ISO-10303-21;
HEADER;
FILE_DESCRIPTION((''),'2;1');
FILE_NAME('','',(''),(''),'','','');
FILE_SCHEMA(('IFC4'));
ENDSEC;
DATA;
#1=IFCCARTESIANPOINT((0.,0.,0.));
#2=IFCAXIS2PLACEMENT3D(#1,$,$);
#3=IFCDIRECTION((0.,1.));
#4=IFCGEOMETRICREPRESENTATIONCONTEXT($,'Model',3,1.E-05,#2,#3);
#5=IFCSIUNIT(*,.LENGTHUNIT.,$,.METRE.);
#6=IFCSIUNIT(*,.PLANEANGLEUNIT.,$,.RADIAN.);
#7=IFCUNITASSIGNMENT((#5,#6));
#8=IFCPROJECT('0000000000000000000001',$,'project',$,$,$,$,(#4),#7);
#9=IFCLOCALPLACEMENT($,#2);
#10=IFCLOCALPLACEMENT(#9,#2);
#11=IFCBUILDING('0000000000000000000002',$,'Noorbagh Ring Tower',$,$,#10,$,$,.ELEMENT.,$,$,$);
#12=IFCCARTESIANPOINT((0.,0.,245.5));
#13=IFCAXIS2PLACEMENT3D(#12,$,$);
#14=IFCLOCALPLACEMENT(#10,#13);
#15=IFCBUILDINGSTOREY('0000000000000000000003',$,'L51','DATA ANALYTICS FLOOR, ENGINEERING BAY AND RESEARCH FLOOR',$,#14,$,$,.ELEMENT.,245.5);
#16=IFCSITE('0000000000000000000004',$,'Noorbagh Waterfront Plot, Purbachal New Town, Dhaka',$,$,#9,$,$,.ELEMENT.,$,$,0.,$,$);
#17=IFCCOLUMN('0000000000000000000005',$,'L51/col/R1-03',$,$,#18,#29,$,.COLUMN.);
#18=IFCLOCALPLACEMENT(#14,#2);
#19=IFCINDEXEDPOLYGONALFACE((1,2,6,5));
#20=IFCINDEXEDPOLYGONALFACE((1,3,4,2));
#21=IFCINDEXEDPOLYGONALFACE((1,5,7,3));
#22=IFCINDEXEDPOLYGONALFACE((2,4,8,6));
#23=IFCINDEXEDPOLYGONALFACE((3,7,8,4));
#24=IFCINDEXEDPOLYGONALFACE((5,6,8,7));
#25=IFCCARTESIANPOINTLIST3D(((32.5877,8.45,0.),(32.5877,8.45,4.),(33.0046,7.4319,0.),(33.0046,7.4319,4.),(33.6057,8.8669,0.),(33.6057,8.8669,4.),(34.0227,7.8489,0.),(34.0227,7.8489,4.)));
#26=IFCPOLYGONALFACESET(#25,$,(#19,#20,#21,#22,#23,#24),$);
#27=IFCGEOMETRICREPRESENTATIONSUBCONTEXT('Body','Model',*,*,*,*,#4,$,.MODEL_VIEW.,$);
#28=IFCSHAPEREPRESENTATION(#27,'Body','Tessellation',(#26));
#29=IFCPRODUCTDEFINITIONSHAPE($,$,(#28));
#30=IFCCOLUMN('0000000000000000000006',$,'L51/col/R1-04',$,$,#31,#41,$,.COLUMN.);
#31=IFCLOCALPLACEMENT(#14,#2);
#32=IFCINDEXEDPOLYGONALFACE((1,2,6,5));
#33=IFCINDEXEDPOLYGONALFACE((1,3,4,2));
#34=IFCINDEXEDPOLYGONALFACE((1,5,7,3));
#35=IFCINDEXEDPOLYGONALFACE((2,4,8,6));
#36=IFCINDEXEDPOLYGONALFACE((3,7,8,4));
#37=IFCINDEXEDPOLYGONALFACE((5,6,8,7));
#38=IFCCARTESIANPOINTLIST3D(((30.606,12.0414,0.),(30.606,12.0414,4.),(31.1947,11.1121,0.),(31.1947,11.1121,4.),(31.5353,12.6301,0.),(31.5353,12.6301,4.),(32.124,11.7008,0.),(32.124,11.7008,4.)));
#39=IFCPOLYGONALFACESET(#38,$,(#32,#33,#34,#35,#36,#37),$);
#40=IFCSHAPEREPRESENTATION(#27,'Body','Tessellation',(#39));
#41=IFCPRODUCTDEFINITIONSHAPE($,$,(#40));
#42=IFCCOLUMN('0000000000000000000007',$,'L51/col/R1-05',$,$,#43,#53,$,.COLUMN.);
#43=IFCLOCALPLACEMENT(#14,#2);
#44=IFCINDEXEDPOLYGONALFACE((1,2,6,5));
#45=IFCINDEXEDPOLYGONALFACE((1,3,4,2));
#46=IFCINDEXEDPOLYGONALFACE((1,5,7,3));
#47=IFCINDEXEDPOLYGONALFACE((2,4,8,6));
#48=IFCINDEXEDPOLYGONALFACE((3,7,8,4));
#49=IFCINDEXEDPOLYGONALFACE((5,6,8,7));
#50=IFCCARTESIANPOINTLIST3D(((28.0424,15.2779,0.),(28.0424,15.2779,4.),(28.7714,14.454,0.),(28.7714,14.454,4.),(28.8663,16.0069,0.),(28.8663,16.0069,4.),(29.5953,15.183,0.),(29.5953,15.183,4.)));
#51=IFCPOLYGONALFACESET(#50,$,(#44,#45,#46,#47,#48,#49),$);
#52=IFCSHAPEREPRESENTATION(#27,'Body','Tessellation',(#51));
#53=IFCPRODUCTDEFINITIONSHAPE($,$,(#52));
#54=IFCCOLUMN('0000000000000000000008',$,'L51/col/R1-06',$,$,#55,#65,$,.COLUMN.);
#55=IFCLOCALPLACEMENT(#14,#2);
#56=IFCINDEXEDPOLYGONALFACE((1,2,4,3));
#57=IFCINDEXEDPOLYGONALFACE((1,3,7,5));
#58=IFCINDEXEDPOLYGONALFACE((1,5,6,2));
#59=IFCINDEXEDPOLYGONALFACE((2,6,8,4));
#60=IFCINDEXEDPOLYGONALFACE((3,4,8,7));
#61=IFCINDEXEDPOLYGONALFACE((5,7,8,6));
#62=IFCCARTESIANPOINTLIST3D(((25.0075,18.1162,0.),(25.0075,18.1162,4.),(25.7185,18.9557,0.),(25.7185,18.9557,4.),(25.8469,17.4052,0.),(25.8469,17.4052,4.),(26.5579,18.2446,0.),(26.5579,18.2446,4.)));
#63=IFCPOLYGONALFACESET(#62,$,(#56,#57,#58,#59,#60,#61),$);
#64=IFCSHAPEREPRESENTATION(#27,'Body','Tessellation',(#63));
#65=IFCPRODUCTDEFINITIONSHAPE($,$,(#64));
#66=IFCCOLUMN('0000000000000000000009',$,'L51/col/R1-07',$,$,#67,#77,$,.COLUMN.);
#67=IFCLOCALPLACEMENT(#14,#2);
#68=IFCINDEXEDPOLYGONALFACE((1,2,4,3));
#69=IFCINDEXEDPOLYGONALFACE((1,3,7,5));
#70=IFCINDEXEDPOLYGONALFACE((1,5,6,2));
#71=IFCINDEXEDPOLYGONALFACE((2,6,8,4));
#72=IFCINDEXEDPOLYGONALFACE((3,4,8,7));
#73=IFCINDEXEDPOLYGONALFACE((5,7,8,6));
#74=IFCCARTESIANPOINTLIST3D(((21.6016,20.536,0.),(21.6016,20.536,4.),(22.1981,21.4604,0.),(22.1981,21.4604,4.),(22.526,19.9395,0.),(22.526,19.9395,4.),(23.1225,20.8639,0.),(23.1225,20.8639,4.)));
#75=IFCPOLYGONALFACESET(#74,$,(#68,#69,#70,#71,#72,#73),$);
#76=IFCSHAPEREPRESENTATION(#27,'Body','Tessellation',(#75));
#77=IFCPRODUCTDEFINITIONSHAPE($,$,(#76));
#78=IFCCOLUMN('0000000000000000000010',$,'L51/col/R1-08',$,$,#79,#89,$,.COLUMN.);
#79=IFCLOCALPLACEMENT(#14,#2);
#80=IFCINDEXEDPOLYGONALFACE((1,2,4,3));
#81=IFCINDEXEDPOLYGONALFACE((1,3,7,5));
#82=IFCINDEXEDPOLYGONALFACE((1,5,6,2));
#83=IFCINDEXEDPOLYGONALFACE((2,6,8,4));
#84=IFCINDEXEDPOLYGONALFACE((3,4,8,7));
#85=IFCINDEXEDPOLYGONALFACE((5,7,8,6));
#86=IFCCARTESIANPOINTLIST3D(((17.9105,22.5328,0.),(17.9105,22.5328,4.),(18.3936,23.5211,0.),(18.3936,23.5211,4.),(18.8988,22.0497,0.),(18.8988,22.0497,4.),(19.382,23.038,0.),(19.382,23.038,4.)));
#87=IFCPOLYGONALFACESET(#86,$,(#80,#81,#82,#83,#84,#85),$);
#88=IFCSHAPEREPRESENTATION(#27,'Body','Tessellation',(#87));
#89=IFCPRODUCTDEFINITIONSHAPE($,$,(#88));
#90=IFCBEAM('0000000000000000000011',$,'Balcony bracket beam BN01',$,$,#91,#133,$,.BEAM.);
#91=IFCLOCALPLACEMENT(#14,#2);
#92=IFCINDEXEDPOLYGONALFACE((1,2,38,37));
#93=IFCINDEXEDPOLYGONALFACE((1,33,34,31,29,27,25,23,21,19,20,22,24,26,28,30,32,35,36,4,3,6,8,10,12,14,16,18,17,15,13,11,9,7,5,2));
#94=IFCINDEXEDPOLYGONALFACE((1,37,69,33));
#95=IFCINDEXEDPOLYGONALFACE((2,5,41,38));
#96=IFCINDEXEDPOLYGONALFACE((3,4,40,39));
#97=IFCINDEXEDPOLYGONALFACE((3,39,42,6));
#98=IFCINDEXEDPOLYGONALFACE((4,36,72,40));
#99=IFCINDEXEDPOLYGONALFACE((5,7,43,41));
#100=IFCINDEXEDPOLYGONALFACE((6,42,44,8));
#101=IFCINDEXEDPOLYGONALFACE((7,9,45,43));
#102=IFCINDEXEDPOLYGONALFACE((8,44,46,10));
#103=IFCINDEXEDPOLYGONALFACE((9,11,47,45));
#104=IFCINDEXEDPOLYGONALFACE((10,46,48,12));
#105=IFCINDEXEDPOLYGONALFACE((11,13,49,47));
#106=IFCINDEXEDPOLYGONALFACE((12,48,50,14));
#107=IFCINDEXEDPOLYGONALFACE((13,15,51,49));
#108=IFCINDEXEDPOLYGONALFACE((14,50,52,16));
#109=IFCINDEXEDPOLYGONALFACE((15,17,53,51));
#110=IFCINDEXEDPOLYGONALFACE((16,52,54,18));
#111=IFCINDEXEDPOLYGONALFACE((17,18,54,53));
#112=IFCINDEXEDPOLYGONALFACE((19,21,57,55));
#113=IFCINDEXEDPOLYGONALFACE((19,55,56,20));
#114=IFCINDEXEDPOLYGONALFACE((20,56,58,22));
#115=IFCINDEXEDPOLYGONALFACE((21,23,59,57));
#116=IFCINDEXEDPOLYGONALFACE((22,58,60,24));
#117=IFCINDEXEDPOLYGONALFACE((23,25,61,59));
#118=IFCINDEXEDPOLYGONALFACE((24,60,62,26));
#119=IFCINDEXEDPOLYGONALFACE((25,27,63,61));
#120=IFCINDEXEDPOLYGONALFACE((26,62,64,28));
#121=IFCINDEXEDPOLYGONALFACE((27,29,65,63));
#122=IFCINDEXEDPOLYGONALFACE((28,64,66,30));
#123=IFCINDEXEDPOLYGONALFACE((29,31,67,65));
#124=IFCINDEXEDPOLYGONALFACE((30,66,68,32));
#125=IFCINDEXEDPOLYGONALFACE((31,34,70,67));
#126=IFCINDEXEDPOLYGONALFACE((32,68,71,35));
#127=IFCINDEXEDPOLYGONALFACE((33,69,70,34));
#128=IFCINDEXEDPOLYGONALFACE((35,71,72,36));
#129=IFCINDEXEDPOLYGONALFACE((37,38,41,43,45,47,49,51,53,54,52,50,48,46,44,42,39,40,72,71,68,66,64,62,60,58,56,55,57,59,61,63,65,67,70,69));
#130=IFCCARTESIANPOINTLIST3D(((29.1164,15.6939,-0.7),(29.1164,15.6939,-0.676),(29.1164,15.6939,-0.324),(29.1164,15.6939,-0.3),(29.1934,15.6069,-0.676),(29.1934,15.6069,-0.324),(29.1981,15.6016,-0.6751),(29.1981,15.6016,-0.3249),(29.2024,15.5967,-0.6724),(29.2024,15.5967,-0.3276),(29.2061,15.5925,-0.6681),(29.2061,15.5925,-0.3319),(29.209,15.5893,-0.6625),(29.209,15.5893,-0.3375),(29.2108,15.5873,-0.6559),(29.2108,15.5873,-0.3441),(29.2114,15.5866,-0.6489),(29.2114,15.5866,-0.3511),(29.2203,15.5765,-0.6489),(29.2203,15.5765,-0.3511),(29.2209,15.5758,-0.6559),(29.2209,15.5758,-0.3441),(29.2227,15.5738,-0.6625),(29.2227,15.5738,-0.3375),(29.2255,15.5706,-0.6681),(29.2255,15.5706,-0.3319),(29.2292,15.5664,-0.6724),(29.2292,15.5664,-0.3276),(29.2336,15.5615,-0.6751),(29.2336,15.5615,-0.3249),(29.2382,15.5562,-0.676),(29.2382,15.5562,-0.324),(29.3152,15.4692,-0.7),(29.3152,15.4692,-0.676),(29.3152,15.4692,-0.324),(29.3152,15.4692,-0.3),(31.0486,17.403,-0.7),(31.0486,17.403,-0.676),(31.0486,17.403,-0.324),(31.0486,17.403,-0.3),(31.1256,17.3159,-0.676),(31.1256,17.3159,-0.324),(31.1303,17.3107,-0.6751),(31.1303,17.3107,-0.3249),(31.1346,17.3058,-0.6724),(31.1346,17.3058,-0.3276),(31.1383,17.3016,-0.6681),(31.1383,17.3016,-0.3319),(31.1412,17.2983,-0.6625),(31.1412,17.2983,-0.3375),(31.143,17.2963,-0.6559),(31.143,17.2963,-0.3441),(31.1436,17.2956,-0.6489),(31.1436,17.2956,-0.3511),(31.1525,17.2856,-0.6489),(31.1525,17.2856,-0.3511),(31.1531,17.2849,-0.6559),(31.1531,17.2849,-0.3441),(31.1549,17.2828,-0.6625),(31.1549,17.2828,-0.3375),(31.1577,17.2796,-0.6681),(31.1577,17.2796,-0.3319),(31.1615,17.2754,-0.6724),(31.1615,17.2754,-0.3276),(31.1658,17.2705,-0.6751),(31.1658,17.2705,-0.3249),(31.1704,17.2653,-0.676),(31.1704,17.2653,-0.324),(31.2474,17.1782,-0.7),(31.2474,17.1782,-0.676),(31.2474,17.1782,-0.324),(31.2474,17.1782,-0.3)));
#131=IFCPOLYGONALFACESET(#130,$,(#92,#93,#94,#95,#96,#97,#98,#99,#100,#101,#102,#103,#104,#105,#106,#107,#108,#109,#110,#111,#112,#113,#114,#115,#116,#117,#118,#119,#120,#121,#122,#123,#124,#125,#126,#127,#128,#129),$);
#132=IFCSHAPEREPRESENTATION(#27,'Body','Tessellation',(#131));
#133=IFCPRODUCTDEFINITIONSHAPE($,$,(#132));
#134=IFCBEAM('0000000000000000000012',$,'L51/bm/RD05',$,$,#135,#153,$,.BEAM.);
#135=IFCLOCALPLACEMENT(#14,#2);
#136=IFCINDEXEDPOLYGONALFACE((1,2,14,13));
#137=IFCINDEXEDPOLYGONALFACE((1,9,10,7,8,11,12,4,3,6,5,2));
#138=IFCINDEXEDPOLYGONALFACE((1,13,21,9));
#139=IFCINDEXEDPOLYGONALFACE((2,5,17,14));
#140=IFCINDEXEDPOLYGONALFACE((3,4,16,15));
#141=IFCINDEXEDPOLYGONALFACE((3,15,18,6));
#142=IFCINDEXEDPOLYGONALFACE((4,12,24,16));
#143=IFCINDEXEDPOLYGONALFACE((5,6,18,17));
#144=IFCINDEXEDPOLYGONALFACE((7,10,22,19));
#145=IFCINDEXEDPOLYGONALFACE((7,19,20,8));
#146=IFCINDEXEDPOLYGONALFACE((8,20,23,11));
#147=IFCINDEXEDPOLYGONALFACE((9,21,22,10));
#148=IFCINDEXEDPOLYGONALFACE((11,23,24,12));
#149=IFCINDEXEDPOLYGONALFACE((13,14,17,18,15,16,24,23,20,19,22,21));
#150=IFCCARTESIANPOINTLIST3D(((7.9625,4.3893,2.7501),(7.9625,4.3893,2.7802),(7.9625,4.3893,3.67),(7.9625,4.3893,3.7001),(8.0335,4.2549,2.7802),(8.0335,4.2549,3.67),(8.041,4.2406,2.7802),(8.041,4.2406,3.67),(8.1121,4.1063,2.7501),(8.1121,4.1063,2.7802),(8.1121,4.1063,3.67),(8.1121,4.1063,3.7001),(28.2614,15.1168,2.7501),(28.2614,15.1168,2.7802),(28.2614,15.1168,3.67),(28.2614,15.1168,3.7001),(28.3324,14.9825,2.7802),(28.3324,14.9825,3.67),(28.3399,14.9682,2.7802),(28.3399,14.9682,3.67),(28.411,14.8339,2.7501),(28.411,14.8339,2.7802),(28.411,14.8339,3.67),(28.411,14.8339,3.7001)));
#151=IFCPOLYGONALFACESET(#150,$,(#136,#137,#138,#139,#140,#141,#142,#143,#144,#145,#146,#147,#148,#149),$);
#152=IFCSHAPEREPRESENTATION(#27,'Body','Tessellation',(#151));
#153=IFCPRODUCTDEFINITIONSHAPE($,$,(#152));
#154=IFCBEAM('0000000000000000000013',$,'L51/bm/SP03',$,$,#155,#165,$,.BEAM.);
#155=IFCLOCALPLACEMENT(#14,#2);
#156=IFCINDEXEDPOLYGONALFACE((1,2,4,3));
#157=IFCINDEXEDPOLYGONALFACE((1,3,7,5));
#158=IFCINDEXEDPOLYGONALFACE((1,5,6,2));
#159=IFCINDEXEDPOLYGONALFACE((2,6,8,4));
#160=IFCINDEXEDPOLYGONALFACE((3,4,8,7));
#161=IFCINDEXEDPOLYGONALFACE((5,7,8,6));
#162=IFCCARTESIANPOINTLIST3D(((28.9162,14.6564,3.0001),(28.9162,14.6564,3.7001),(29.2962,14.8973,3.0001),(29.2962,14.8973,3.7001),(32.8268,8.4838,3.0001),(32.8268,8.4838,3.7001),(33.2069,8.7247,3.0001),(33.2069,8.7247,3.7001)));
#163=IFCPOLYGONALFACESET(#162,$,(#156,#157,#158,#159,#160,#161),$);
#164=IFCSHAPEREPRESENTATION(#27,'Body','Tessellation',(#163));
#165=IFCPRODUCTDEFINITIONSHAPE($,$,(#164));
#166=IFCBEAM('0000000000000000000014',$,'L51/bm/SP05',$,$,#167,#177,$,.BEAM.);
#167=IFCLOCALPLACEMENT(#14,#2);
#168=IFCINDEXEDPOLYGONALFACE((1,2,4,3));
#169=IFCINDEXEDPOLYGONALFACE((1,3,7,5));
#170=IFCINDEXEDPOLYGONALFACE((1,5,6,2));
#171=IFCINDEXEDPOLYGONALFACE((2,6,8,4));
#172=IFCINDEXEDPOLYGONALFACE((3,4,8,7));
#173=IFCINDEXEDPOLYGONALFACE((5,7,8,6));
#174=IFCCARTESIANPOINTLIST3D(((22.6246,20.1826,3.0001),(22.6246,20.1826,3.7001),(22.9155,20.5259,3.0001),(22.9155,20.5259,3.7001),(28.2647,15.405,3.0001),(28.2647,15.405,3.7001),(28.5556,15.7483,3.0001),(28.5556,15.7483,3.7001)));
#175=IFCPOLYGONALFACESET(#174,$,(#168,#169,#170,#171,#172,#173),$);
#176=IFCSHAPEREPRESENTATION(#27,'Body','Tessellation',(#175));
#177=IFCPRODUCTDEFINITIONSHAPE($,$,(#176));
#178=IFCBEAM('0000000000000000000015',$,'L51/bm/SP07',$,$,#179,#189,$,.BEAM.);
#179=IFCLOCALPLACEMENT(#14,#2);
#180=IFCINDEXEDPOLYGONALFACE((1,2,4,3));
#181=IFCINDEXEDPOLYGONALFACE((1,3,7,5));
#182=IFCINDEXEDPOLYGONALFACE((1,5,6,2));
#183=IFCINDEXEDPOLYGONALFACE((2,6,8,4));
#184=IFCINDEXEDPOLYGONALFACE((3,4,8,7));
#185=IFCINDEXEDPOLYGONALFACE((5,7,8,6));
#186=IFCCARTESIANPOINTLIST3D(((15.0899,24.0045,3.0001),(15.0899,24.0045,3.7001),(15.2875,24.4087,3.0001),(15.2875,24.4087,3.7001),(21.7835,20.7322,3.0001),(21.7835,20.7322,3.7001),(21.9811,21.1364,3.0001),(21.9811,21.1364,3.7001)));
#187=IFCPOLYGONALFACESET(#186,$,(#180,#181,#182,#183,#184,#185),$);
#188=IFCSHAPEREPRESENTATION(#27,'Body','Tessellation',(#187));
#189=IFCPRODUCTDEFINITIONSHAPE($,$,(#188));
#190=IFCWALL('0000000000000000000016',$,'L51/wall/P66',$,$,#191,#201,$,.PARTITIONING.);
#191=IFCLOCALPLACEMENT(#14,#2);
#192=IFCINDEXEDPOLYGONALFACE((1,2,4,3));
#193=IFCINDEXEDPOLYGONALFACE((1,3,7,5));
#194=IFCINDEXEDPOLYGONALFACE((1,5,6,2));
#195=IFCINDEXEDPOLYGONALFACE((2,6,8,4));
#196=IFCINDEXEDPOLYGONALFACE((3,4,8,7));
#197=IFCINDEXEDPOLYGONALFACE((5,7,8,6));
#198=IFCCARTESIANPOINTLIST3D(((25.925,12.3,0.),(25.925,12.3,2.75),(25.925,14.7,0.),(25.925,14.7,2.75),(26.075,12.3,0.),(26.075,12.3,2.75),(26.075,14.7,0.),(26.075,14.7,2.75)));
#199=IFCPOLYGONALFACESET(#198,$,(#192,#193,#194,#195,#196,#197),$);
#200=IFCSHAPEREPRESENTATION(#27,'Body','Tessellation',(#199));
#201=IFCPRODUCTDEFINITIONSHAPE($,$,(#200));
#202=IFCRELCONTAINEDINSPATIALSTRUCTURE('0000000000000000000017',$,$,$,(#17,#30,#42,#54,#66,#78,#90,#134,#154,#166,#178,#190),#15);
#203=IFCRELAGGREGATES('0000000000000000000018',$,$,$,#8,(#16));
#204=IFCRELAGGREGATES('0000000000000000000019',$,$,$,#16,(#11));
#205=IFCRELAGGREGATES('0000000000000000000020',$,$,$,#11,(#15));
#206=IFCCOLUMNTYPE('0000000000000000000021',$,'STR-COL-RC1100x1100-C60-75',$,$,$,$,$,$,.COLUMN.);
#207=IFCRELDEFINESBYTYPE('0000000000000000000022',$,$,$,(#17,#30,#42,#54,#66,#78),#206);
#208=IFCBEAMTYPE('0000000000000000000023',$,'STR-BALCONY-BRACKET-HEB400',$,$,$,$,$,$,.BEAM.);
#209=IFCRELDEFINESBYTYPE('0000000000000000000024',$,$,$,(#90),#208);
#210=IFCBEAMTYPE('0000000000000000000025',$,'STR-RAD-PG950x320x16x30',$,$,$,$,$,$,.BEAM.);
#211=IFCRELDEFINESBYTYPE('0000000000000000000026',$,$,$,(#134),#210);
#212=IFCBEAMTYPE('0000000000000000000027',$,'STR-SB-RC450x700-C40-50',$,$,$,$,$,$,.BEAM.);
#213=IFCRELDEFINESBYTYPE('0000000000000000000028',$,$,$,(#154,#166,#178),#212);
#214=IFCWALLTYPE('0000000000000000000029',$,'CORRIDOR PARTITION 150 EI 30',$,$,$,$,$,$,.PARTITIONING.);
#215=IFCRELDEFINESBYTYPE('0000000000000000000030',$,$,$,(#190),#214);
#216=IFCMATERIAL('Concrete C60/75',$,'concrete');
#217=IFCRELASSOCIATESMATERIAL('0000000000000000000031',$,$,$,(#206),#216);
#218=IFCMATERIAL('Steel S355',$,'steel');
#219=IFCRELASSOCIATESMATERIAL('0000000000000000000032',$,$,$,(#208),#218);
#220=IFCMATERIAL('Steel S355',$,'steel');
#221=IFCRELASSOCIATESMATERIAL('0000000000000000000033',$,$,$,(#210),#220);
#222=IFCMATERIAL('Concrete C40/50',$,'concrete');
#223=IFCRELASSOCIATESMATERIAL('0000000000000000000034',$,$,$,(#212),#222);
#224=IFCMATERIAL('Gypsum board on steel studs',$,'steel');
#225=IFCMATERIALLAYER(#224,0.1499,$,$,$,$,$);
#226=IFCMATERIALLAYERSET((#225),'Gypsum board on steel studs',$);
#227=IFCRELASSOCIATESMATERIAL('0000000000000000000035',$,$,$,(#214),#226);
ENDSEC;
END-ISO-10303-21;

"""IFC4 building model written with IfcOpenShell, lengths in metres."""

from ifc_helpers import new_model, si_unit, direction, frame, frame_2d, origin, origin_2d, place, context, subcontext, project, spatial, rectangle, i_section, extrude, material, layer, layer_set, material_profile, profile_set, type_object, element, save


model = new_model("IFC4")

# Units and contexts
model_context = context("Model", 3, precision=1e-05, world=origin(), true_north=direction((0.0, 1.0)))
body_context = subcontext(model_context, "Body", "Model", "MODEL_VIEW")
ifc_project = project(units=[si_unit("LENGTHUNIT", "METRE"), si_unit("PLANEANGLEUNIT", "RADIAN")], contexts=[model_context])

# Site, building, storey
site_placement = place(None, origin())
site = spatial("IfcSite", under=ifc_project, at=site_placement, Name="Noorbagh Waterfront Plot, Purbachal New Town, Dhaka", CompositionType="ELEMENT", RefElevation=0.0)
building_placement = place(site_placement, origin())
building = spatial("IfcBuilding", under=site, at=building_placement, Name="Noorbagh Ring Tower", CompositionType="ELEMENT")
storey_placement = place(building_placement, frame((0.0, 0.0, 245.5)))
storey = spatial("IfcBuildingStorey", under=building, at=storey_placement, Name="L51", Description="DATA ANALYTICS FLOOR, ENGINEERING BAY AND RESEARCH FLOOR", CompositionType="ELEMENT", Elevation=245.5)

# Columns
ifc_material_1 = material(Name="Concrete C60/75", Category="concrete")
ifc_material_profile_1 = material_profile(ifc_material_1, rectangle(XDim=1.1001, YDim=1.1001, at=origin_2d()), Name="RC1100x1100")
ifc_profile_set_1 = profile_set([ifc_material_profile_1], Name="Concrete C60/75")
column_type = type_object("IfcColumnType", Name="STR-COL-RC1100x1100-C60-75", PredefinedType="COLUMN", material=ifc_profile_set_1)
for number, where, z_axis, x_axis, name in (
    (1, (33.3052, 8.1494, 0.0), (0.0, 0.0, 1.0), (-0.378989, 0.925401, 0.0), "L51/col/R1-03"),
    (2, (31.365, 11.8711, 0.0), (0.0, 0.0, 1.0), (-0.53519, 0.844731, 0.0), "L51/col/R1-04"),
    (3, (28.8188, 15.2305, 0.0), (0.0, 0.0, 1.0), (-0.662636, 0.748942, 0.0), "L51/col/R1-05"),
    (4, (25.7827, 18.1804, 0.0), (0.0, 0.0, 1.0), (-0.763035, 0.646357, 0.0), "L51/col/R1-06"),
    (5, (22.3621, 20.7, 0.0), (0.0, 0.0, 1.0), (-0.840248, 0.542203, 0.0), "L51/col/R1-07"),
    (6, (18.6462, 22.7854, 0.0), (0.0, 0.0, 1.0), (-0.898399, 0.43918, 0.0), "L51/col/R1-08"),
):
    element("IfcColumn", number, at=place(storey_placement, frame(where, z_axis=z_axis, x_axis=x_axis)), inside=storey, type_object=column_type, Name=name, PredefinedType="COLUMN", context=body_context, shape_type="SweptSolid", body=[
        extrude(rectangle(XDim=1.1001, YDim=1.1001, at=origin_2d()), origin(), (0.0, 0.0, 1.0), 4.0),
    ])

# Beams
ifc_material_2 = material(Name="Steel S355", Category="steel")
ifc_material_profile_2 = material_profile(ifc_material_2, i_section(OverallWidth=0.3, OverallDepth=0.3999, WebThickness=0.0134, FlangeThickness=0.0239, FilletRadius=0.0271, at=origin_2d()), Name="HEB400")
ifc_profile_set_2 = profile_set([ifc_material_profile_2], Name="Steel S355")
beam_type_1 = type_object("IfcBeamType", Name="STR-BALCONY-BRACKET-HEB400", PredefinedType="BEAM", material=ifc_profile_set_2)
beam_1_placement = place(storey_placement, frame((29.2158, 15.5815, -0.5), z_axis=(0.749036, 0.662529, 0.0), x_axis=(-0.662529, 0.749036, 0.0)))
element("IfcBeam", 7, at=beam_1_placement, inside=storey, type_object=beam_type_1, Name="Balcony bracket beam BN01", PredefinedType="BEAM", context=body_context, shape_type="SweptSolid", body=[
    extrude(i_section(OverallWidth=0.3, OverallDepth=0.3999, WebThickness=0.0134, FlangeThickness=0.0239, FilletRadius=0.0271, at=origin_2d()), origin(), (0.0, 0.0, 1.0), 2.5796),
])
ifc_material_3 = material(Name="Steel S355", Category="steel")
ifc_material_profile_3 = material_profile(ifc_material_3, i_section(OverallWidth=0.3201, OverallDepth=0.95, WebThickness=0.0161, FlangeThickness=0.03, at=origin_2d()), Name="PG950x320x16x30")
ifc_profile_set_3 = profile_set([ifc_material_profile_3], Name="Steel S355")
beam_type_2 = type_object("IfcBeamType", Name="STR-RAD-PG950x320x16x30", PredefinedType="BEAM", material=ifc_profile_set_3)
beam_2_placement = place(storey_placement, frame((28.3362, 14.9753, 3.2251), z_axis=(-0.884128, -0.467245, 0.0), x_axis=(0.467245, -0.884128, 0.0)))
element("IfcBeam", 8, at=beam_2_placement, inside=storey, type_object=beam_type_2, Name="L51/bm/RD05", PredefinedType="BEAM", context=body_context, shape_type="SweptSolid", body=[
    extrude(i_section(OverallWidth=0.3201, OverallDepth=0.95, WebThickness=0.0161, FlangeThickness=0.03, at=origin_2d()), origin(), (0.0, 0.0, 1.0), 22.9592),
])
ifc_material_4 = material(Name="Concrete C40/50", Category="concrete")
ifc_material_profile_4 = material_profile(ifc_material_4, rectangle(XDim=0.45, YDim=0.7, at=origin_2d()), Name="RC450x700")
ifc_profile_set_4 = profile_set([ifc_material_profile_4], Name="Concrete C40/50")
beam_type_3 = type_object("IfcBeamType", Name="STR-SB-RC450x700-C40-50", PredefinedType="BEAM", material=ifc_profile_set_4)
beam_3_placement = place(storey_placement, frame((33.0168, 8.6042, 3.3501), z_axis=(-0.535182, 0.844737, 0.0), x_axis=(-0.844737, -0.535182, 0.0)))
element("IfcBeam", 9, at=beam_3_placement, inside=storey, type_object=beam_type_3, Name="L51/bm/SP03", PredefinedType="BEAM", context=body_context, shape_type="SweptSolid", body=[
    extrude(rectangle(XDim=0.45, YDim=0.7, at=origin_2d()), origin(), (0.0, 0.0, 1.0), 7.3071),
])
beam_4_placement = place(storey_placement, frame((28.4102, 15.5767, 3.3501), z_axis=(-0.763042, 0.646349, 0.0), x_axis=(-0.646349, -0.763042, 0.0)))
element("IfcBeam", 10, at=beam_4_placement, inside=storey, type_object=beam_type_3, Name="L51/bm/SP05", PredefinedType="BEAM", context=body_context, shape_type="SweptSolid", body=[
    extrude(rectangle(XDim=0.45, YDim=0.7, at=origin_2d()), origin(), (0.0, 0.0, 1.0), 7.3916),
])
beam_5_placement = place(storey_placement, frame((21.8823, 20.9343, 3.3501), z_axis=(-0.898396, 0.439187, 0.0), x_axis=(-0.439187, -0.898396, 0.0)))
element("IfcBeam", 11, at=beam_5_placement, inside=storey, type_object=beam_type_3, Name="L51/bm/SP07", PredefinedType="BEAM", context=body_context, shape_type="SweptSolid", body=[
    extrude(rectangle(XDim=0.45, YDim=0.7, at=origin_2d()), origin(), (0.0, 0.0, 1.0), 7.4507),
])

# Wall
ifc_material_5 = material(Name="Gypsum board on steel studs", Category="steel")
ifc_layer_1 = layer(ifc_material_5, 0.1499)
ifc_layer_set_1 = layer_set([ifc_layer_1], Name="Gypsum board on steel studs")
wall_type_1 = type_object("IfcWallType", Name="CORRIDOR PARTITION 150 EI 30", PredefinedType="PARTITIONING", material=ifc_layer_set_1)
wall_1_placement = place(storey_placement, frame((26.0, 12.3, 0.0), z_axis=(0.0, 0.0, 1.0), x_axis=(0.0, 1.0, 0.0)))
element("IfcWall", 12, at=wall_1_placement, inside=storey, type_object=wall_type_1, Name="L51/wall/P66", PredefinedType="PARTITIONING", context=body_context, shape_type="SweptSolid", body=[
    extrude(rectangle(XDim=2.3999, YDim=0.1499, at=frame_2d((1.2, 0.0))), origin(), (0.0, 0.0, 1.0), 2.75),
])

save(model, "model.ifc")
